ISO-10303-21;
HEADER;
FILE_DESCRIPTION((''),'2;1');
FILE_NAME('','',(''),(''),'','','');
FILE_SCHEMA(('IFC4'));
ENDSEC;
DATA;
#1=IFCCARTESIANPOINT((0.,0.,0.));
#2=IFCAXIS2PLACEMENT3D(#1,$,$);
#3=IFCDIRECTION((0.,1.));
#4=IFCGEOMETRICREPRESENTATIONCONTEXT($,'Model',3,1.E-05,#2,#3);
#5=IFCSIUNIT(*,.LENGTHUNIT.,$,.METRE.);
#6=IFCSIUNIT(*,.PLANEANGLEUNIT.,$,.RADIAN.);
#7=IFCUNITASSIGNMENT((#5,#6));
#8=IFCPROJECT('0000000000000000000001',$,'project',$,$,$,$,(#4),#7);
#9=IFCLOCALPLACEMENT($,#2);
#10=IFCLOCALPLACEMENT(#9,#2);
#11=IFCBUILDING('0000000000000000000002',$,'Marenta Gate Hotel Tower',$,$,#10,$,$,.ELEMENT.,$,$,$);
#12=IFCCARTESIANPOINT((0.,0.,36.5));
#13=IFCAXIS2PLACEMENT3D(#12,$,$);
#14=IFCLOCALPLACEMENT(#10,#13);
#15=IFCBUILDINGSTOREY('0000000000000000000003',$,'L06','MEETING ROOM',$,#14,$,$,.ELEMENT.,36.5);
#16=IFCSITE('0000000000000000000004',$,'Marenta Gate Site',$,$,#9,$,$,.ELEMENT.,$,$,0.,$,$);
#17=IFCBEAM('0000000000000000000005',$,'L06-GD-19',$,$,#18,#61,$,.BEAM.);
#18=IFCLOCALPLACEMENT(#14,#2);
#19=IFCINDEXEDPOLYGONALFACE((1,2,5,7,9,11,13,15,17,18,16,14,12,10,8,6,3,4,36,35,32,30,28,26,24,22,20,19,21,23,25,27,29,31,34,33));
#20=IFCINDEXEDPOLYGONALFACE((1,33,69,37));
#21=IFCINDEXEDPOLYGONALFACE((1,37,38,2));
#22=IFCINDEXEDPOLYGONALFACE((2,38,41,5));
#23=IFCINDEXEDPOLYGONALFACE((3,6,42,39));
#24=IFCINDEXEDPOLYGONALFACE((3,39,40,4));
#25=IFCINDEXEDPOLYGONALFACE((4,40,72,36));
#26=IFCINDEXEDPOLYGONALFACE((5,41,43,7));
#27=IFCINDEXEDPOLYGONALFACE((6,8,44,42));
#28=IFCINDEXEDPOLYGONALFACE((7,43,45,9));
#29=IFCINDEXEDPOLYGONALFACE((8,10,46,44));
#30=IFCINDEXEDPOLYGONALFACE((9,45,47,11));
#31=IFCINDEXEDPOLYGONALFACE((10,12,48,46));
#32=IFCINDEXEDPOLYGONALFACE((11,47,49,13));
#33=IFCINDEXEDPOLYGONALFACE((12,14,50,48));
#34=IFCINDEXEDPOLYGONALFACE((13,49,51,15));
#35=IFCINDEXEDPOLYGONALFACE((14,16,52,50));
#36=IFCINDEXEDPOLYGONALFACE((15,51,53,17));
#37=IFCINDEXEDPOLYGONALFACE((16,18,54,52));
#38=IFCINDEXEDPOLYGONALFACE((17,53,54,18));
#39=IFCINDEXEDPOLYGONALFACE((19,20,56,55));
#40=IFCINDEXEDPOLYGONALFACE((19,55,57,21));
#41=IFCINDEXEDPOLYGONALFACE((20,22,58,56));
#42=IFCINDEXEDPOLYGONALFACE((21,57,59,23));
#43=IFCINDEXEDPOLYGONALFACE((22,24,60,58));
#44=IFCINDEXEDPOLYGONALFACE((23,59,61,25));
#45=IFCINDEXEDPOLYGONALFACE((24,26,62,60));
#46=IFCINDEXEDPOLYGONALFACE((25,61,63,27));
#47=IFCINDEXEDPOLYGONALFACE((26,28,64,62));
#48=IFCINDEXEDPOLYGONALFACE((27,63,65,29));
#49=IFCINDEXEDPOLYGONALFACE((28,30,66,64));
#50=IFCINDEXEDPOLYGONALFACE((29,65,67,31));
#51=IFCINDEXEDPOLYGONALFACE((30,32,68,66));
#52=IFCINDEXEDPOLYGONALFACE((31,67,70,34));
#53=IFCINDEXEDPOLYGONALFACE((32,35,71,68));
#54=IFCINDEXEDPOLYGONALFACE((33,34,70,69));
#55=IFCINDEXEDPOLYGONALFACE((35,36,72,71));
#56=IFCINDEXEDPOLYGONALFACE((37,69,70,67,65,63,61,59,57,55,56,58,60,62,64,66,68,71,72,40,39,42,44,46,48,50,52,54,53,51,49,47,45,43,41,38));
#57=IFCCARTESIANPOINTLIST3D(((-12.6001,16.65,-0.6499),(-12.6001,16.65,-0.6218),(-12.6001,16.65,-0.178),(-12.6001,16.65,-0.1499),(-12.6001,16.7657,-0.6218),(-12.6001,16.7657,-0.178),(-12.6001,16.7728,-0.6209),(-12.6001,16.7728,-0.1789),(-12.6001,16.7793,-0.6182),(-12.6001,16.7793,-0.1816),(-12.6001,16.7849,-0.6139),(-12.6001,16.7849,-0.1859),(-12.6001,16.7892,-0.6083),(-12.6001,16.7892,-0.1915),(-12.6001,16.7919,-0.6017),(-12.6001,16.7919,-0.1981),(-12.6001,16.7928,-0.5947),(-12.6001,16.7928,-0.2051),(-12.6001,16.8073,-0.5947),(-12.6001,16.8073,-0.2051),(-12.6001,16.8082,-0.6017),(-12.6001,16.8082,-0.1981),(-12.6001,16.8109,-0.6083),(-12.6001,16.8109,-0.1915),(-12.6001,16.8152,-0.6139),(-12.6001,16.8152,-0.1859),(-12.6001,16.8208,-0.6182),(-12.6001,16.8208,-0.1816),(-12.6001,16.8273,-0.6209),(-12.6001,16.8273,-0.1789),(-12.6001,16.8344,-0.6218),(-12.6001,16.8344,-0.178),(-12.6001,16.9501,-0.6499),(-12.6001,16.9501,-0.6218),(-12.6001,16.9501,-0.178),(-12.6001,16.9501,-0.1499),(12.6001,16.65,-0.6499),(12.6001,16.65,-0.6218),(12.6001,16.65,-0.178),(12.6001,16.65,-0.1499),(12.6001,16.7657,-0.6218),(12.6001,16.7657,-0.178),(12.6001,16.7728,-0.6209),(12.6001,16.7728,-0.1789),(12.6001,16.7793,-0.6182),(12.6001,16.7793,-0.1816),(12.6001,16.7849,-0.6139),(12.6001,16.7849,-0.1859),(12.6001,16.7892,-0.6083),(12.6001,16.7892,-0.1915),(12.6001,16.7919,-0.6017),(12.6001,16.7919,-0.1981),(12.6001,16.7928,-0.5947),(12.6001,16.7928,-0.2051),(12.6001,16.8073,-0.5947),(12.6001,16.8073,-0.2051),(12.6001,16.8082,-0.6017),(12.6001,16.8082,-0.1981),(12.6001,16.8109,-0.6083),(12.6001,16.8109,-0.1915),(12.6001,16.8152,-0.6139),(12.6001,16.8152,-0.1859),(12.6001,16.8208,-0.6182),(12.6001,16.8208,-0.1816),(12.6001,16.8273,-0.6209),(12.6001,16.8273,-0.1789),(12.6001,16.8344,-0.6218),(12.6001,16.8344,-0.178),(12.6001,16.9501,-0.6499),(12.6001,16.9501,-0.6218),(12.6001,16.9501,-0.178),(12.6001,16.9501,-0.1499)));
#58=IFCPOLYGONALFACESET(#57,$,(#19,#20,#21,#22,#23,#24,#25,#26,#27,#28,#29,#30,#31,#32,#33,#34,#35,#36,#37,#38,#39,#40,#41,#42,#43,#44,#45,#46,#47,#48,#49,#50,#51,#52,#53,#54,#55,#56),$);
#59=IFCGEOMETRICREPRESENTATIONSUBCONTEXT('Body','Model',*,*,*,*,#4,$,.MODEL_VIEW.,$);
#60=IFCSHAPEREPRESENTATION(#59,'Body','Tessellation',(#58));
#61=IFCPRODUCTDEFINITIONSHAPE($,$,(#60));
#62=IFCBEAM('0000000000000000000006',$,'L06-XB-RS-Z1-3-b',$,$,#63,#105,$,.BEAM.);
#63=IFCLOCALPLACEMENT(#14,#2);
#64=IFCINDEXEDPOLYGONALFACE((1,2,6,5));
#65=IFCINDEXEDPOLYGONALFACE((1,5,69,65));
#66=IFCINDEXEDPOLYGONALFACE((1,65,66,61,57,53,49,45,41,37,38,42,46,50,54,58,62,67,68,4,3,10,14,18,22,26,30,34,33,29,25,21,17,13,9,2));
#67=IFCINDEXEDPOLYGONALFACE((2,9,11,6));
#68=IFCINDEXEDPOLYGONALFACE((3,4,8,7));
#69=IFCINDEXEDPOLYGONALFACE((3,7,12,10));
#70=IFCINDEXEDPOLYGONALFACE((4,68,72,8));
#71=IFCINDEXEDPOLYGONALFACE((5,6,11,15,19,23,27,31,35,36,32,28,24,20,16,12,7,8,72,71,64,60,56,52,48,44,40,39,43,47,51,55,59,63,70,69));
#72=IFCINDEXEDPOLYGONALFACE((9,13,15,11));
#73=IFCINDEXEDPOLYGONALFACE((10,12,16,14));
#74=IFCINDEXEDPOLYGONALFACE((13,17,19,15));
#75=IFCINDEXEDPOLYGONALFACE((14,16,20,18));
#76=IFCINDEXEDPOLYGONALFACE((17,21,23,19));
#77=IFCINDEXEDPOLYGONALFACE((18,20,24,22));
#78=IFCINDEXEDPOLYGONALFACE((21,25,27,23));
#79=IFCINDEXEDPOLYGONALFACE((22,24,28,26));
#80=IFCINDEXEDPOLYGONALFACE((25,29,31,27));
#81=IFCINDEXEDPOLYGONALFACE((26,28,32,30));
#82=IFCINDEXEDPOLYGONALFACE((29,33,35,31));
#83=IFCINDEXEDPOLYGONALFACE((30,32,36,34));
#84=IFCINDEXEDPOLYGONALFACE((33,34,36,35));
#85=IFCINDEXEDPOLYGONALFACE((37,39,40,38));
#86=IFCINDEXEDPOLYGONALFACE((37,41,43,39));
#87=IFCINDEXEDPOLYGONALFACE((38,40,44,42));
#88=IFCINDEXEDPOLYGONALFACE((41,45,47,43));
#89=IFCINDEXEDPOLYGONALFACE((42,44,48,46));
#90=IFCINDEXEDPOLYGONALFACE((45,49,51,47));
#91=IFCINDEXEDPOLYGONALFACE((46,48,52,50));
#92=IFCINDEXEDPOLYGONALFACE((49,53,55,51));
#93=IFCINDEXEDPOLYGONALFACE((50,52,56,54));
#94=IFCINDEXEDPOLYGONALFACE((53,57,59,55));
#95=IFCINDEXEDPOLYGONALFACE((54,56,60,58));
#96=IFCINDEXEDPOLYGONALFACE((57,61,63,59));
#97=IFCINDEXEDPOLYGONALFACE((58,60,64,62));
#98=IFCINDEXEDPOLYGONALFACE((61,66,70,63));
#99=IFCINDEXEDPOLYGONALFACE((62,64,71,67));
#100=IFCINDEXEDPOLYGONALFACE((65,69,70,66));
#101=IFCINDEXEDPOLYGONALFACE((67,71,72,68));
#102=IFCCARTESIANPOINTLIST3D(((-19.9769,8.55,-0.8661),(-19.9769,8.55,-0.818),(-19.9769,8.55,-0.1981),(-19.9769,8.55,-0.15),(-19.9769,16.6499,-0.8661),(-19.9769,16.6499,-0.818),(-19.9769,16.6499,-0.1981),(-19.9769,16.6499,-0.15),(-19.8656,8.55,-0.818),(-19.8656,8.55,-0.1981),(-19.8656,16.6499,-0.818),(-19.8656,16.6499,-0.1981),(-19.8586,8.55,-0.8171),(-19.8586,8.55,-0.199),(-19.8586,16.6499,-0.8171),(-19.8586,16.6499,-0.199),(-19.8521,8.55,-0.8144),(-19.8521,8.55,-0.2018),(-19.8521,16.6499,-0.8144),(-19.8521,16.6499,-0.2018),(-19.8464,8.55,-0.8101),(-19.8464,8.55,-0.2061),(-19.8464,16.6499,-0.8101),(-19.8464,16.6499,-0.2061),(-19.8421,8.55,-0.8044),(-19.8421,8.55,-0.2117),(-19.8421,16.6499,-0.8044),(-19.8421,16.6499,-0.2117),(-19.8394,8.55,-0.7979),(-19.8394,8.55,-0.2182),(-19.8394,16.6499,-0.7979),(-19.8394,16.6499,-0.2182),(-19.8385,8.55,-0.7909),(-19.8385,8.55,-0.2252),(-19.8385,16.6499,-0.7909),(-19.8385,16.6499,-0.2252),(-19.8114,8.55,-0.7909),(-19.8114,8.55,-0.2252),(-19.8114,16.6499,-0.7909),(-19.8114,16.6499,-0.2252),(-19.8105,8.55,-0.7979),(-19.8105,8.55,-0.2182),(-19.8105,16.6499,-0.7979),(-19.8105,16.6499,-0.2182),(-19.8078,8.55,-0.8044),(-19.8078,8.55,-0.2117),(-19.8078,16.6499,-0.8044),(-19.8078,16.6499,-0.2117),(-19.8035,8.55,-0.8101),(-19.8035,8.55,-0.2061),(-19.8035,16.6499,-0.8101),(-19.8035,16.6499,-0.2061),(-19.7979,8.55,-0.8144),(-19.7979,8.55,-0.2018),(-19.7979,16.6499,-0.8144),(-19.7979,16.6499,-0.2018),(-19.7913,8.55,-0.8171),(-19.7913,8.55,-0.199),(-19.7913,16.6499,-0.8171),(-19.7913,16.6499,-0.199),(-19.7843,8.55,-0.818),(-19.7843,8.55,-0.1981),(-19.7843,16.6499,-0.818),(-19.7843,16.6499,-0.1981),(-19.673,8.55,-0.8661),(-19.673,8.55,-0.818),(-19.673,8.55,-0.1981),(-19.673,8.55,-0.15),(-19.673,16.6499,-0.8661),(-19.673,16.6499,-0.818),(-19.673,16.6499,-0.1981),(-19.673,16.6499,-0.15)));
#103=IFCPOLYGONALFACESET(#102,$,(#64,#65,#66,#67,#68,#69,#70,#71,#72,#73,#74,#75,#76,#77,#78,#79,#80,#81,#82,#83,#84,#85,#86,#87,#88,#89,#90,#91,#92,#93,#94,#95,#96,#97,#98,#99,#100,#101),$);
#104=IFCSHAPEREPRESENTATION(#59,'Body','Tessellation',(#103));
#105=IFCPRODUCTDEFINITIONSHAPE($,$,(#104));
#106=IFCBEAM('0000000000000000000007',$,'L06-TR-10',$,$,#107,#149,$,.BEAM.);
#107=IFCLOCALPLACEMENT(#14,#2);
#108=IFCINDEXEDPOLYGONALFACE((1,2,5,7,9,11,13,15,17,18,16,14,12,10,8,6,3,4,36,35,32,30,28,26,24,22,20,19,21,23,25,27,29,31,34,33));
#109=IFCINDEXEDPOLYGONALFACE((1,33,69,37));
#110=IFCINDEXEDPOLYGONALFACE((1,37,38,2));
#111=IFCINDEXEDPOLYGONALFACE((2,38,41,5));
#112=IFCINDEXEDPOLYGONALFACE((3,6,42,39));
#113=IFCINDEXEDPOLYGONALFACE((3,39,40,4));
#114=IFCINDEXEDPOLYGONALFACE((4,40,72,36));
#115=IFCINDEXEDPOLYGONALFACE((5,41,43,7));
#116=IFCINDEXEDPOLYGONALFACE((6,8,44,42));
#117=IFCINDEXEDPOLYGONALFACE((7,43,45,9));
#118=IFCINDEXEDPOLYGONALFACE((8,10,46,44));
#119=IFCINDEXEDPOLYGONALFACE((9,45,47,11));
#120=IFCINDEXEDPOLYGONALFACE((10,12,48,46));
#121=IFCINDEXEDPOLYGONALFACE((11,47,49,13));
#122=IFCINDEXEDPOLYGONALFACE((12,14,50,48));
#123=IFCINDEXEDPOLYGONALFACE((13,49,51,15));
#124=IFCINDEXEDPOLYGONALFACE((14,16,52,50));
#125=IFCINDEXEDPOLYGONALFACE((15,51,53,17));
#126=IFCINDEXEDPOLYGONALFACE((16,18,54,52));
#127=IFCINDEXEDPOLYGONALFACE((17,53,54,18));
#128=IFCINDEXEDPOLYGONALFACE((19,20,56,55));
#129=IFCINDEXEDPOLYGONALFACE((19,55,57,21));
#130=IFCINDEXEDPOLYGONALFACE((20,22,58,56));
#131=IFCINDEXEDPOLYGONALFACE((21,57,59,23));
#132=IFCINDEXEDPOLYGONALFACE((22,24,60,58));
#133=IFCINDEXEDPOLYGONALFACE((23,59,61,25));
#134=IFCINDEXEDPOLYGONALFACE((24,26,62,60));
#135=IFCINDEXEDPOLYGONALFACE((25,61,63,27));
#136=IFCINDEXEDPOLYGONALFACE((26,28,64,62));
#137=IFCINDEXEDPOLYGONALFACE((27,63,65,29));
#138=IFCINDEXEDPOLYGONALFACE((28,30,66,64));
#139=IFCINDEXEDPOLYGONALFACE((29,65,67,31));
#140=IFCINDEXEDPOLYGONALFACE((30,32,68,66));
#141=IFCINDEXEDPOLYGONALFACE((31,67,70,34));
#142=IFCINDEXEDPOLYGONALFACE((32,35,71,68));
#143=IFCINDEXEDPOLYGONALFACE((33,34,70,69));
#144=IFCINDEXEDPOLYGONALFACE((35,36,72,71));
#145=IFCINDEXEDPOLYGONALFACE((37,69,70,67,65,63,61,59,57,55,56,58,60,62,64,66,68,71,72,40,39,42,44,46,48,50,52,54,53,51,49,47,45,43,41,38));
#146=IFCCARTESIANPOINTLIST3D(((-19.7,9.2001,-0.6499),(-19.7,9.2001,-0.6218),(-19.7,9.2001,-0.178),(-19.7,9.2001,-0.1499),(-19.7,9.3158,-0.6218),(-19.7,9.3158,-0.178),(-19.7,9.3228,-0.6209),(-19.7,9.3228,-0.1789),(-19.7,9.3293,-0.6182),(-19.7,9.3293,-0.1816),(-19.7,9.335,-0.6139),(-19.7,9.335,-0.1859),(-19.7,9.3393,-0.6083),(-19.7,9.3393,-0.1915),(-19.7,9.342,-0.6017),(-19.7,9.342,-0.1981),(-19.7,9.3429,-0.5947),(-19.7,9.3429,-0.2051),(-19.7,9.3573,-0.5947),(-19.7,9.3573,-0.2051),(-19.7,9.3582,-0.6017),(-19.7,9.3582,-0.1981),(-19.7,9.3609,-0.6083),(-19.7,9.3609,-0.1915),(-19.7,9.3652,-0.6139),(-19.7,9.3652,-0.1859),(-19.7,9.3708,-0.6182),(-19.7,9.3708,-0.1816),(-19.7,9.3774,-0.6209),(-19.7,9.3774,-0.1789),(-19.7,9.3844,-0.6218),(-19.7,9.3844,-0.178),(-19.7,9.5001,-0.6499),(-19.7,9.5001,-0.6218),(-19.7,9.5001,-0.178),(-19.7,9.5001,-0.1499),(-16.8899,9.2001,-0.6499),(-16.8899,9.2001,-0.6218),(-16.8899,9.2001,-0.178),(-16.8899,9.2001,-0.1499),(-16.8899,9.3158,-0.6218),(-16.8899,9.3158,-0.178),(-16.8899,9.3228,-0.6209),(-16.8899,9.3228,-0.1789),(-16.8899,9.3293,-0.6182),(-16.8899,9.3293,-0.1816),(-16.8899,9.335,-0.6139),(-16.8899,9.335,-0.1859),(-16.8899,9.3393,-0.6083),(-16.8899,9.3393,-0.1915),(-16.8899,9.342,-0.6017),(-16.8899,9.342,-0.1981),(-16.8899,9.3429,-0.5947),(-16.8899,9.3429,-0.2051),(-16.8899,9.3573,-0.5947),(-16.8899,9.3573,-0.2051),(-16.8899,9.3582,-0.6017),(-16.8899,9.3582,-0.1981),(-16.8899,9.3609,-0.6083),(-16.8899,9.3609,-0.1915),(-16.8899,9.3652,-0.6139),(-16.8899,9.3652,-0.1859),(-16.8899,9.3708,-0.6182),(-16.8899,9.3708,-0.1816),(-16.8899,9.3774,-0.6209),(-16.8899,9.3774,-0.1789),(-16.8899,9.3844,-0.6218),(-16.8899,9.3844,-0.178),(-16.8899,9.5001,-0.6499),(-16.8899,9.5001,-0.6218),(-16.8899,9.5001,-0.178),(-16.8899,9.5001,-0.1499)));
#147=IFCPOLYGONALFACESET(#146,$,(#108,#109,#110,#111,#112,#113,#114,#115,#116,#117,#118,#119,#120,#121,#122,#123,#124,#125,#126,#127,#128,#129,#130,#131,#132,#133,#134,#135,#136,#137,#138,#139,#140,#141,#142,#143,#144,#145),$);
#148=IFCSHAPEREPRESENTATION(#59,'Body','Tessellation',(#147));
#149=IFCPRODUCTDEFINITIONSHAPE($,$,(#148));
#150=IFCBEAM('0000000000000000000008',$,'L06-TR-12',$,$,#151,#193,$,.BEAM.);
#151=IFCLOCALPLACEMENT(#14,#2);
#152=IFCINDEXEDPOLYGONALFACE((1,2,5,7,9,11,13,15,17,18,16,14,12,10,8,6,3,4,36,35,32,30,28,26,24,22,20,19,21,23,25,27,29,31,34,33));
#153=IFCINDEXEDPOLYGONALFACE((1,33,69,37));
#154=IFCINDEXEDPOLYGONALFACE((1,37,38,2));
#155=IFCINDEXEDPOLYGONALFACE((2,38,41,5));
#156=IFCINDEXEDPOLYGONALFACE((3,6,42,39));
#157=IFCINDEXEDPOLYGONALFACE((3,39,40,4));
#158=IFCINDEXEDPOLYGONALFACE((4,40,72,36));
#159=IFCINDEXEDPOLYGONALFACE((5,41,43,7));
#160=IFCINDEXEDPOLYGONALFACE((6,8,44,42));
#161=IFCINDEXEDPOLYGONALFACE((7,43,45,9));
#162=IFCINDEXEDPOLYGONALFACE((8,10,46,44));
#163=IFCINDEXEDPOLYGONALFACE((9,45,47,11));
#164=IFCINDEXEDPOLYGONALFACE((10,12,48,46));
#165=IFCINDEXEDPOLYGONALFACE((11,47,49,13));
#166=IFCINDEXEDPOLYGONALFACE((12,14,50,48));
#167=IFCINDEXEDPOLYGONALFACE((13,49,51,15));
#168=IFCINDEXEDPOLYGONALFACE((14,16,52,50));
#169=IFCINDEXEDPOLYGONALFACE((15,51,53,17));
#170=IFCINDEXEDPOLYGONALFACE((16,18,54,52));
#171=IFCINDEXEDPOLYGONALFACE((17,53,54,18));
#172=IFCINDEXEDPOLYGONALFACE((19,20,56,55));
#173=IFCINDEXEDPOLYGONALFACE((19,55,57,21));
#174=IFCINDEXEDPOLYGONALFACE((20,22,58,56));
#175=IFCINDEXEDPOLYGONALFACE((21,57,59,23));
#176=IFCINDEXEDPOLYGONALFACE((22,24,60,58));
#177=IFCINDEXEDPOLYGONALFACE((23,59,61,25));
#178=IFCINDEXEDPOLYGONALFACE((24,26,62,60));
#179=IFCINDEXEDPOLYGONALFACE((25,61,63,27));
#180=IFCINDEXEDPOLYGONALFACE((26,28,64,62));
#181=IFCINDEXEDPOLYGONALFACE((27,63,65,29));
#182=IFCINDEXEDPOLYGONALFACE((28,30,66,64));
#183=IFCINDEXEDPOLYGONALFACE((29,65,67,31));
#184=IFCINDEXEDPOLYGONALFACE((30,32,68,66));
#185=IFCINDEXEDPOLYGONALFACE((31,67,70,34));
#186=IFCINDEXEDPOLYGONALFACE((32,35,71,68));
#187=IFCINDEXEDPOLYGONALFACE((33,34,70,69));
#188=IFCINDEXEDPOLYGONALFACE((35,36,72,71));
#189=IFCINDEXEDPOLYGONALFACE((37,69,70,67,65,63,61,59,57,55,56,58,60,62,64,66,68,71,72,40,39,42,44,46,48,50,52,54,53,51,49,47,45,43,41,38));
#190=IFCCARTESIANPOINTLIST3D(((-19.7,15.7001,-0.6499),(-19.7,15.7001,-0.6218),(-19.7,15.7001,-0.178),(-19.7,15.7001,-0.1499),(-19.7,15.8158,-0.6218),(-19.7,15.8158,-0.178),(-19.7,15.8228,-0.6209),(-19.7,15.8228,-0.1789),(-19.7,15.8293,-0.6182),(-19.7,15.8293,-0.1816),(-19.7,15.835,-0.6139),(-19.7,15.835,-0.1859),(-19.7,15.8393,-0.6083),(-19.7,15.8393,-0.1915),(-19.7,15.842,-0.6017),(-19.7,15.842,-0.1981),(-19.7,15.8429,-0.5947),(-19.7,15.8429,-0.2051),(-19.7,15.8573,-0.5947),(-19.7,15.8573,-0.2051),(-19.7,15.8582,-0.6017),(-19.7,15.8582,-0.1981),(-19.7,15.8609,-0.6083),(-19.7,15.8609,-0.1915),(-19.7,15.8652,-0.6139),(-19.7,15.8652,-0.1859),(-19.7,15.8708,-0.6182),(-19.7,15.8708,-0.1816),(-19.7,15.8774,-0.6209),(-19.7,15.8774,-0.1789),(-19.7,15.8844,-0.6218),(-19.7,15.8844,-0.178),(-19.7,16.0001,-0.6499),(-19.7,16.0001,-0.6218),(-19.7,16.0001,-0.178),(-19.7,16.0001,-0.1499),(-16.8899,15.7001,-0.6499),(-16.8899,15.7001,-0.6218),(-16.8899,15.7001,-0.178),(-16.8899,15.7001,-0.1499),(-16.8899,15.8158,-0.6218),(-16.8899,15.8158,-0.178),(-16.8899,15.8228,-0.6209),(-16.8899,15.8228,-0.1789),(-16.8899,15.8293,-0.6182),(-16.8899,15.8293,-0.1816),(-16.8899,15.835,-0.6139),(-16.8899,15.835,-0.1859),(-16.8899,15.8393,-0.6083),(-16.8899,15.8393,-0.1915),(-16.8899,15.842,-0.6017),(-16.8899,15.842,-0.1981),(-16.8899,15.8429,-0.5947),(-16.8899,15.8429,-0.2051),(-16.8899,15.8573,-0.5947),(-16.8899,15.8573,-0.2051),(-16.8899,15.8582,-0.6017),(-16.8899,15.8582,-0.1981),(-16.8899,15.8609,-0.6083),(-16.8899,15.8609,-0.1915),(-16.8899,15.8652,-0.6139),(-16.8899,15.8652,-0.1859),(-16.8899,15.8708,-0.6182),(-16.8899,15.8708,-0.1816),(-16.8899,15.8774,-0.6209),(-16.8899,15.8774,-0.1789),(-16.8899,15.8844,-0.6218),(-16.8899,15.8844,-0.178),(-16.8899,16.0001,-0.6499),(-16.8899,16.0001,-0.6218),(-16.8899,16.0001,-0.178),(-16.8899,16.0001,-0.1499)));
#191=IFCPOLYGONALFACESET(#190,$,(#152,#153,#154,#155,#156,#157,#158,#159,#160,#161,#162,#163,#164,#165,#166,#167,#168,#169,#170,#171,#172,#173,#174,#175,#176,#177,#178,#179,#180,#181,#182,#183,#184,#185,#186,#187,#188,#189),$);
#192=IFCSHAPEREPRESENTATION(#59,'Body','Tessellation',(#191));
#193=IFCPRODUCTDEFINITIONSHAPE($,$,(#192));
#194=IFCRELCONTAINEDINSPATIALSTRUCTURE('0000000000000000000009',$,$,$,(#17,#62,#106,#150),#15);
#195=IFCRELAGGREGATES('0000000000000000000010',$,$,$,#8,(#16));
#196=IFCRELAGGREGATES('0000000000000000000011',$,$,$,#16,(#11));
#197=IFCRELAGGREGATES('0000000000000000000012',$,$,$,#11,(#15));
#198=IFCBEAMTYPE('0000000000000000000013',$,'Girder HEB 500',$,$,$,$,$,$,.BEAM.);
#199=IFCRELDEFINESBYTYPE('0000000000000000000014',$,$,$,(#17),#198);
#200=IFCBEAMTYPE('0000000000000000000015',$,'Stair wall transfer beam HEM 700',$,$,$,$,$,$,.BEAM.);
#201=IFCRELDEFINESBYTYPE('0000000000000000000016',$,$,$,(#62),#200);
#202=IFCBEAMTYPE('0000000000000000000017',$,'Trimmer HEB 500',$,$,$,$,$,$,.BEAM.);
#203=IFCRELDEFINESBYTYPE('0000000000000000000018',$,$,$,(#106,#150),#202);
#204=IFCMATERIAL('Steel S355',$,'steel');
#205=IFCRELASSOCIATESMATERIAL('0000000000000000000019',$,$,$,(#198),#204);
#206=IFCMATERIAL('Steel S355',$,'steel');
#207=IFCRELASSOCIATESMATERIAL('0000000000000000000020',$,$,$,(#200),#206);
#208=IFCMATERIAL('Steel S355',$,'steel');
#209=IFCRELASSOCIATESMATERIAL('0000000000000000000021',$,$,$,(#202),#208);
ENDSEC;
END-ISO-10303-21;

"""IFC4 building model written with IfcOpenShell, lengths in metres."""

from ifc_helpers import new_model, si_unit, direction, frame, origin, origin_2d, place, context, subcontext, project, spatial, i_section, extrude, material, material_profile, profile_set, type_object, element, save


model = new_model("IFC4")

# Units and contexts
model_context = context("Model", 3, precision=1e-05, world=origin(), true_north=direction((0.0, 1.0)))
body_context = subcontext(model_context, "Body", "Model", "MODEL_VIEW")
ifc_project = project(units=[si_unit("LENGTHUNIT", "METRE"), si_unit("PLANEANGLEUNIT", "RADIAN")], contexts=[model_context])

# Site, building, storey
site_placement = place(None, origin())
site = spatial("IfcSite", under=ifc_project, at=site_placement, Name="Marenta Gate Site", CompositionType="ELEMENT", RefElevation=0.0)
building_placement = place(site_placement, origin())
building = spatial("IfcBuilding", under=site, at=building_placement, Name="Marenta Gate Hotel Tower", CompositionType="ELEMENT")
storey_placement = place(building_placement, frame((0.0, 0.0, 36.5)))
storey = spatial("IfcBuildingStorey", under=building, at=storey_placement, Name="L06", Description="MEETING ROOM", CompositionType="ELEMENT", Elevation=36.5)

# Beams
ifc_material_1 = material(Name="Steel S355", Category="steel")
ifc_material_profile_1 = material_profile(ifc_material_1, i_section(OverallWidth=0.3, OverallDepth=0.5, WebThickness=0.0144, FlangeThickness=0.0281, FilletRadius=0.0271, at=origin_2d()), Name="HEB 500")
ifc_profile_set_1 = profile_set([ifc_material_profile_1], Name="Steel S355")
beam_type_1 = type_object("IfcBeamType", Name="Girder HEB 500", PredefinedType="BEAM", material=ifc_profile_set_1)
beam_1_placement = place(storey_placement, frame((-12.6001, 16.8, -0.3999), z_axis=(1.0, 0.0, 0.0), x_axis=(0.0, 1.0, 0.0)))
element("IfcBeam", 1, at=beam_1_placement, inside=storey, type_object=beam_type_1, Name="L06-GD-19", PredefinedType="BEAM", context=body_context, shape_type="SweptSolid", body=[
    extrude(i_section(OverallWidth=0.3, OverallDepth=0.5, WebThickness=0.0144, FlangeThickness=0.0281, FilletRadius=0.0271, at=origin_2d()), origin(), (0.0, 0.0, 1.0), 25.2002),
])
ifc_material_2 = material(Name="Steel S355", Category="steel")
ifc_material_profile_2 = material_profile(ifc_material_2, i_section(OverallWidth=0.304, OverallDepth=0.7161, WebThickness=0.0271, FlangeThickness=0.0481, FilletRadius=0.0271, at=origin_2d()), Name="HEM 700")
ifc_profile_set_2 = profile_set([ifc_material_profile_2], Name="Steel S355")
beam_type_2 = type_object("IfcBeamType", Name="Stair wall transfer beam HEM 700", PredefinedType="BEAM", material=ifc_profile_set_2)
beam_2_placement = place(storey_placement, frame((-19.825, 8.55, -0.5081), z_axis=(0.0, 1.0, 0.0), x_axis=(-1.0, 0.0, 0.0)))
element("IfcBeam", 2, at=beam_2_placement, inside=storey, type_object=beam_type_2, Name="L06-XB-RS-Z1-3-b", PredefinedType="BEAM", context=body_context, shape_type="SweptSolid", body=[
    extrude(i_section(OverallWidth=0.304, OverallDepth=0.7161, WebThickness=0.0271, FlangeThickness=0.0481, FilletRadius=0.0271, at=origin_2d()), origin(), (0.0, 0.0, 1.0), 8.0999),
])
ifc_material_3 = material(Name="Steel S355", Category="steel")
ifc_material_profile_3 = material_profile(ifc_material_3, i_section(OverallWidth=0.3, OverallDepth=0.5, WebThickness=0.0144, FlangeThickness=0.0281, FilletRadius=0.0271, at=origin_2d()), Name="HEB 500")
ifc_profile_set_3 = profile_set([ifc_material_profile_3], Name="Steel S355")
beam_type_3 = type_object("IfcBeamType", Name="Trimmer HEB 500", PredefinedType="BEAM", material=ifc_profile_set_3)
for number, where, z_axis, x_axis, name in (
    (3, (-19.7, 9.3501, -0.3999), (1.0, 0.0, 0.0), (0.0, 1.0, 0.0), "L06-TR-10"),
    (4, (-19.7, 15.8501, -0.3999), (1.0, 0.0, 0.0), (0.0, 1.0, 0.0), "L06-TR-12"),
):
    element("IfcBeam", number, at=place(storey_placement, frame(where, z_axis=z_axis, x_axis=x_axis)), inside=storey, type_object=beam_type_3, Name=name, PredefinedType="BEAM", context=body_context, shape_type="SweptSolid", body=[
        extrude(i_section(OverallWidth=0.3, OverallDepth=0.5, WebThickness=0.0144, FlangeThickness=0.0281, FilletRadius=0.0271, at=origin_2d()), origin(), (0.0, 0.0, 1.0), 2.8101),
    ])

save(model, "model.ifc")
